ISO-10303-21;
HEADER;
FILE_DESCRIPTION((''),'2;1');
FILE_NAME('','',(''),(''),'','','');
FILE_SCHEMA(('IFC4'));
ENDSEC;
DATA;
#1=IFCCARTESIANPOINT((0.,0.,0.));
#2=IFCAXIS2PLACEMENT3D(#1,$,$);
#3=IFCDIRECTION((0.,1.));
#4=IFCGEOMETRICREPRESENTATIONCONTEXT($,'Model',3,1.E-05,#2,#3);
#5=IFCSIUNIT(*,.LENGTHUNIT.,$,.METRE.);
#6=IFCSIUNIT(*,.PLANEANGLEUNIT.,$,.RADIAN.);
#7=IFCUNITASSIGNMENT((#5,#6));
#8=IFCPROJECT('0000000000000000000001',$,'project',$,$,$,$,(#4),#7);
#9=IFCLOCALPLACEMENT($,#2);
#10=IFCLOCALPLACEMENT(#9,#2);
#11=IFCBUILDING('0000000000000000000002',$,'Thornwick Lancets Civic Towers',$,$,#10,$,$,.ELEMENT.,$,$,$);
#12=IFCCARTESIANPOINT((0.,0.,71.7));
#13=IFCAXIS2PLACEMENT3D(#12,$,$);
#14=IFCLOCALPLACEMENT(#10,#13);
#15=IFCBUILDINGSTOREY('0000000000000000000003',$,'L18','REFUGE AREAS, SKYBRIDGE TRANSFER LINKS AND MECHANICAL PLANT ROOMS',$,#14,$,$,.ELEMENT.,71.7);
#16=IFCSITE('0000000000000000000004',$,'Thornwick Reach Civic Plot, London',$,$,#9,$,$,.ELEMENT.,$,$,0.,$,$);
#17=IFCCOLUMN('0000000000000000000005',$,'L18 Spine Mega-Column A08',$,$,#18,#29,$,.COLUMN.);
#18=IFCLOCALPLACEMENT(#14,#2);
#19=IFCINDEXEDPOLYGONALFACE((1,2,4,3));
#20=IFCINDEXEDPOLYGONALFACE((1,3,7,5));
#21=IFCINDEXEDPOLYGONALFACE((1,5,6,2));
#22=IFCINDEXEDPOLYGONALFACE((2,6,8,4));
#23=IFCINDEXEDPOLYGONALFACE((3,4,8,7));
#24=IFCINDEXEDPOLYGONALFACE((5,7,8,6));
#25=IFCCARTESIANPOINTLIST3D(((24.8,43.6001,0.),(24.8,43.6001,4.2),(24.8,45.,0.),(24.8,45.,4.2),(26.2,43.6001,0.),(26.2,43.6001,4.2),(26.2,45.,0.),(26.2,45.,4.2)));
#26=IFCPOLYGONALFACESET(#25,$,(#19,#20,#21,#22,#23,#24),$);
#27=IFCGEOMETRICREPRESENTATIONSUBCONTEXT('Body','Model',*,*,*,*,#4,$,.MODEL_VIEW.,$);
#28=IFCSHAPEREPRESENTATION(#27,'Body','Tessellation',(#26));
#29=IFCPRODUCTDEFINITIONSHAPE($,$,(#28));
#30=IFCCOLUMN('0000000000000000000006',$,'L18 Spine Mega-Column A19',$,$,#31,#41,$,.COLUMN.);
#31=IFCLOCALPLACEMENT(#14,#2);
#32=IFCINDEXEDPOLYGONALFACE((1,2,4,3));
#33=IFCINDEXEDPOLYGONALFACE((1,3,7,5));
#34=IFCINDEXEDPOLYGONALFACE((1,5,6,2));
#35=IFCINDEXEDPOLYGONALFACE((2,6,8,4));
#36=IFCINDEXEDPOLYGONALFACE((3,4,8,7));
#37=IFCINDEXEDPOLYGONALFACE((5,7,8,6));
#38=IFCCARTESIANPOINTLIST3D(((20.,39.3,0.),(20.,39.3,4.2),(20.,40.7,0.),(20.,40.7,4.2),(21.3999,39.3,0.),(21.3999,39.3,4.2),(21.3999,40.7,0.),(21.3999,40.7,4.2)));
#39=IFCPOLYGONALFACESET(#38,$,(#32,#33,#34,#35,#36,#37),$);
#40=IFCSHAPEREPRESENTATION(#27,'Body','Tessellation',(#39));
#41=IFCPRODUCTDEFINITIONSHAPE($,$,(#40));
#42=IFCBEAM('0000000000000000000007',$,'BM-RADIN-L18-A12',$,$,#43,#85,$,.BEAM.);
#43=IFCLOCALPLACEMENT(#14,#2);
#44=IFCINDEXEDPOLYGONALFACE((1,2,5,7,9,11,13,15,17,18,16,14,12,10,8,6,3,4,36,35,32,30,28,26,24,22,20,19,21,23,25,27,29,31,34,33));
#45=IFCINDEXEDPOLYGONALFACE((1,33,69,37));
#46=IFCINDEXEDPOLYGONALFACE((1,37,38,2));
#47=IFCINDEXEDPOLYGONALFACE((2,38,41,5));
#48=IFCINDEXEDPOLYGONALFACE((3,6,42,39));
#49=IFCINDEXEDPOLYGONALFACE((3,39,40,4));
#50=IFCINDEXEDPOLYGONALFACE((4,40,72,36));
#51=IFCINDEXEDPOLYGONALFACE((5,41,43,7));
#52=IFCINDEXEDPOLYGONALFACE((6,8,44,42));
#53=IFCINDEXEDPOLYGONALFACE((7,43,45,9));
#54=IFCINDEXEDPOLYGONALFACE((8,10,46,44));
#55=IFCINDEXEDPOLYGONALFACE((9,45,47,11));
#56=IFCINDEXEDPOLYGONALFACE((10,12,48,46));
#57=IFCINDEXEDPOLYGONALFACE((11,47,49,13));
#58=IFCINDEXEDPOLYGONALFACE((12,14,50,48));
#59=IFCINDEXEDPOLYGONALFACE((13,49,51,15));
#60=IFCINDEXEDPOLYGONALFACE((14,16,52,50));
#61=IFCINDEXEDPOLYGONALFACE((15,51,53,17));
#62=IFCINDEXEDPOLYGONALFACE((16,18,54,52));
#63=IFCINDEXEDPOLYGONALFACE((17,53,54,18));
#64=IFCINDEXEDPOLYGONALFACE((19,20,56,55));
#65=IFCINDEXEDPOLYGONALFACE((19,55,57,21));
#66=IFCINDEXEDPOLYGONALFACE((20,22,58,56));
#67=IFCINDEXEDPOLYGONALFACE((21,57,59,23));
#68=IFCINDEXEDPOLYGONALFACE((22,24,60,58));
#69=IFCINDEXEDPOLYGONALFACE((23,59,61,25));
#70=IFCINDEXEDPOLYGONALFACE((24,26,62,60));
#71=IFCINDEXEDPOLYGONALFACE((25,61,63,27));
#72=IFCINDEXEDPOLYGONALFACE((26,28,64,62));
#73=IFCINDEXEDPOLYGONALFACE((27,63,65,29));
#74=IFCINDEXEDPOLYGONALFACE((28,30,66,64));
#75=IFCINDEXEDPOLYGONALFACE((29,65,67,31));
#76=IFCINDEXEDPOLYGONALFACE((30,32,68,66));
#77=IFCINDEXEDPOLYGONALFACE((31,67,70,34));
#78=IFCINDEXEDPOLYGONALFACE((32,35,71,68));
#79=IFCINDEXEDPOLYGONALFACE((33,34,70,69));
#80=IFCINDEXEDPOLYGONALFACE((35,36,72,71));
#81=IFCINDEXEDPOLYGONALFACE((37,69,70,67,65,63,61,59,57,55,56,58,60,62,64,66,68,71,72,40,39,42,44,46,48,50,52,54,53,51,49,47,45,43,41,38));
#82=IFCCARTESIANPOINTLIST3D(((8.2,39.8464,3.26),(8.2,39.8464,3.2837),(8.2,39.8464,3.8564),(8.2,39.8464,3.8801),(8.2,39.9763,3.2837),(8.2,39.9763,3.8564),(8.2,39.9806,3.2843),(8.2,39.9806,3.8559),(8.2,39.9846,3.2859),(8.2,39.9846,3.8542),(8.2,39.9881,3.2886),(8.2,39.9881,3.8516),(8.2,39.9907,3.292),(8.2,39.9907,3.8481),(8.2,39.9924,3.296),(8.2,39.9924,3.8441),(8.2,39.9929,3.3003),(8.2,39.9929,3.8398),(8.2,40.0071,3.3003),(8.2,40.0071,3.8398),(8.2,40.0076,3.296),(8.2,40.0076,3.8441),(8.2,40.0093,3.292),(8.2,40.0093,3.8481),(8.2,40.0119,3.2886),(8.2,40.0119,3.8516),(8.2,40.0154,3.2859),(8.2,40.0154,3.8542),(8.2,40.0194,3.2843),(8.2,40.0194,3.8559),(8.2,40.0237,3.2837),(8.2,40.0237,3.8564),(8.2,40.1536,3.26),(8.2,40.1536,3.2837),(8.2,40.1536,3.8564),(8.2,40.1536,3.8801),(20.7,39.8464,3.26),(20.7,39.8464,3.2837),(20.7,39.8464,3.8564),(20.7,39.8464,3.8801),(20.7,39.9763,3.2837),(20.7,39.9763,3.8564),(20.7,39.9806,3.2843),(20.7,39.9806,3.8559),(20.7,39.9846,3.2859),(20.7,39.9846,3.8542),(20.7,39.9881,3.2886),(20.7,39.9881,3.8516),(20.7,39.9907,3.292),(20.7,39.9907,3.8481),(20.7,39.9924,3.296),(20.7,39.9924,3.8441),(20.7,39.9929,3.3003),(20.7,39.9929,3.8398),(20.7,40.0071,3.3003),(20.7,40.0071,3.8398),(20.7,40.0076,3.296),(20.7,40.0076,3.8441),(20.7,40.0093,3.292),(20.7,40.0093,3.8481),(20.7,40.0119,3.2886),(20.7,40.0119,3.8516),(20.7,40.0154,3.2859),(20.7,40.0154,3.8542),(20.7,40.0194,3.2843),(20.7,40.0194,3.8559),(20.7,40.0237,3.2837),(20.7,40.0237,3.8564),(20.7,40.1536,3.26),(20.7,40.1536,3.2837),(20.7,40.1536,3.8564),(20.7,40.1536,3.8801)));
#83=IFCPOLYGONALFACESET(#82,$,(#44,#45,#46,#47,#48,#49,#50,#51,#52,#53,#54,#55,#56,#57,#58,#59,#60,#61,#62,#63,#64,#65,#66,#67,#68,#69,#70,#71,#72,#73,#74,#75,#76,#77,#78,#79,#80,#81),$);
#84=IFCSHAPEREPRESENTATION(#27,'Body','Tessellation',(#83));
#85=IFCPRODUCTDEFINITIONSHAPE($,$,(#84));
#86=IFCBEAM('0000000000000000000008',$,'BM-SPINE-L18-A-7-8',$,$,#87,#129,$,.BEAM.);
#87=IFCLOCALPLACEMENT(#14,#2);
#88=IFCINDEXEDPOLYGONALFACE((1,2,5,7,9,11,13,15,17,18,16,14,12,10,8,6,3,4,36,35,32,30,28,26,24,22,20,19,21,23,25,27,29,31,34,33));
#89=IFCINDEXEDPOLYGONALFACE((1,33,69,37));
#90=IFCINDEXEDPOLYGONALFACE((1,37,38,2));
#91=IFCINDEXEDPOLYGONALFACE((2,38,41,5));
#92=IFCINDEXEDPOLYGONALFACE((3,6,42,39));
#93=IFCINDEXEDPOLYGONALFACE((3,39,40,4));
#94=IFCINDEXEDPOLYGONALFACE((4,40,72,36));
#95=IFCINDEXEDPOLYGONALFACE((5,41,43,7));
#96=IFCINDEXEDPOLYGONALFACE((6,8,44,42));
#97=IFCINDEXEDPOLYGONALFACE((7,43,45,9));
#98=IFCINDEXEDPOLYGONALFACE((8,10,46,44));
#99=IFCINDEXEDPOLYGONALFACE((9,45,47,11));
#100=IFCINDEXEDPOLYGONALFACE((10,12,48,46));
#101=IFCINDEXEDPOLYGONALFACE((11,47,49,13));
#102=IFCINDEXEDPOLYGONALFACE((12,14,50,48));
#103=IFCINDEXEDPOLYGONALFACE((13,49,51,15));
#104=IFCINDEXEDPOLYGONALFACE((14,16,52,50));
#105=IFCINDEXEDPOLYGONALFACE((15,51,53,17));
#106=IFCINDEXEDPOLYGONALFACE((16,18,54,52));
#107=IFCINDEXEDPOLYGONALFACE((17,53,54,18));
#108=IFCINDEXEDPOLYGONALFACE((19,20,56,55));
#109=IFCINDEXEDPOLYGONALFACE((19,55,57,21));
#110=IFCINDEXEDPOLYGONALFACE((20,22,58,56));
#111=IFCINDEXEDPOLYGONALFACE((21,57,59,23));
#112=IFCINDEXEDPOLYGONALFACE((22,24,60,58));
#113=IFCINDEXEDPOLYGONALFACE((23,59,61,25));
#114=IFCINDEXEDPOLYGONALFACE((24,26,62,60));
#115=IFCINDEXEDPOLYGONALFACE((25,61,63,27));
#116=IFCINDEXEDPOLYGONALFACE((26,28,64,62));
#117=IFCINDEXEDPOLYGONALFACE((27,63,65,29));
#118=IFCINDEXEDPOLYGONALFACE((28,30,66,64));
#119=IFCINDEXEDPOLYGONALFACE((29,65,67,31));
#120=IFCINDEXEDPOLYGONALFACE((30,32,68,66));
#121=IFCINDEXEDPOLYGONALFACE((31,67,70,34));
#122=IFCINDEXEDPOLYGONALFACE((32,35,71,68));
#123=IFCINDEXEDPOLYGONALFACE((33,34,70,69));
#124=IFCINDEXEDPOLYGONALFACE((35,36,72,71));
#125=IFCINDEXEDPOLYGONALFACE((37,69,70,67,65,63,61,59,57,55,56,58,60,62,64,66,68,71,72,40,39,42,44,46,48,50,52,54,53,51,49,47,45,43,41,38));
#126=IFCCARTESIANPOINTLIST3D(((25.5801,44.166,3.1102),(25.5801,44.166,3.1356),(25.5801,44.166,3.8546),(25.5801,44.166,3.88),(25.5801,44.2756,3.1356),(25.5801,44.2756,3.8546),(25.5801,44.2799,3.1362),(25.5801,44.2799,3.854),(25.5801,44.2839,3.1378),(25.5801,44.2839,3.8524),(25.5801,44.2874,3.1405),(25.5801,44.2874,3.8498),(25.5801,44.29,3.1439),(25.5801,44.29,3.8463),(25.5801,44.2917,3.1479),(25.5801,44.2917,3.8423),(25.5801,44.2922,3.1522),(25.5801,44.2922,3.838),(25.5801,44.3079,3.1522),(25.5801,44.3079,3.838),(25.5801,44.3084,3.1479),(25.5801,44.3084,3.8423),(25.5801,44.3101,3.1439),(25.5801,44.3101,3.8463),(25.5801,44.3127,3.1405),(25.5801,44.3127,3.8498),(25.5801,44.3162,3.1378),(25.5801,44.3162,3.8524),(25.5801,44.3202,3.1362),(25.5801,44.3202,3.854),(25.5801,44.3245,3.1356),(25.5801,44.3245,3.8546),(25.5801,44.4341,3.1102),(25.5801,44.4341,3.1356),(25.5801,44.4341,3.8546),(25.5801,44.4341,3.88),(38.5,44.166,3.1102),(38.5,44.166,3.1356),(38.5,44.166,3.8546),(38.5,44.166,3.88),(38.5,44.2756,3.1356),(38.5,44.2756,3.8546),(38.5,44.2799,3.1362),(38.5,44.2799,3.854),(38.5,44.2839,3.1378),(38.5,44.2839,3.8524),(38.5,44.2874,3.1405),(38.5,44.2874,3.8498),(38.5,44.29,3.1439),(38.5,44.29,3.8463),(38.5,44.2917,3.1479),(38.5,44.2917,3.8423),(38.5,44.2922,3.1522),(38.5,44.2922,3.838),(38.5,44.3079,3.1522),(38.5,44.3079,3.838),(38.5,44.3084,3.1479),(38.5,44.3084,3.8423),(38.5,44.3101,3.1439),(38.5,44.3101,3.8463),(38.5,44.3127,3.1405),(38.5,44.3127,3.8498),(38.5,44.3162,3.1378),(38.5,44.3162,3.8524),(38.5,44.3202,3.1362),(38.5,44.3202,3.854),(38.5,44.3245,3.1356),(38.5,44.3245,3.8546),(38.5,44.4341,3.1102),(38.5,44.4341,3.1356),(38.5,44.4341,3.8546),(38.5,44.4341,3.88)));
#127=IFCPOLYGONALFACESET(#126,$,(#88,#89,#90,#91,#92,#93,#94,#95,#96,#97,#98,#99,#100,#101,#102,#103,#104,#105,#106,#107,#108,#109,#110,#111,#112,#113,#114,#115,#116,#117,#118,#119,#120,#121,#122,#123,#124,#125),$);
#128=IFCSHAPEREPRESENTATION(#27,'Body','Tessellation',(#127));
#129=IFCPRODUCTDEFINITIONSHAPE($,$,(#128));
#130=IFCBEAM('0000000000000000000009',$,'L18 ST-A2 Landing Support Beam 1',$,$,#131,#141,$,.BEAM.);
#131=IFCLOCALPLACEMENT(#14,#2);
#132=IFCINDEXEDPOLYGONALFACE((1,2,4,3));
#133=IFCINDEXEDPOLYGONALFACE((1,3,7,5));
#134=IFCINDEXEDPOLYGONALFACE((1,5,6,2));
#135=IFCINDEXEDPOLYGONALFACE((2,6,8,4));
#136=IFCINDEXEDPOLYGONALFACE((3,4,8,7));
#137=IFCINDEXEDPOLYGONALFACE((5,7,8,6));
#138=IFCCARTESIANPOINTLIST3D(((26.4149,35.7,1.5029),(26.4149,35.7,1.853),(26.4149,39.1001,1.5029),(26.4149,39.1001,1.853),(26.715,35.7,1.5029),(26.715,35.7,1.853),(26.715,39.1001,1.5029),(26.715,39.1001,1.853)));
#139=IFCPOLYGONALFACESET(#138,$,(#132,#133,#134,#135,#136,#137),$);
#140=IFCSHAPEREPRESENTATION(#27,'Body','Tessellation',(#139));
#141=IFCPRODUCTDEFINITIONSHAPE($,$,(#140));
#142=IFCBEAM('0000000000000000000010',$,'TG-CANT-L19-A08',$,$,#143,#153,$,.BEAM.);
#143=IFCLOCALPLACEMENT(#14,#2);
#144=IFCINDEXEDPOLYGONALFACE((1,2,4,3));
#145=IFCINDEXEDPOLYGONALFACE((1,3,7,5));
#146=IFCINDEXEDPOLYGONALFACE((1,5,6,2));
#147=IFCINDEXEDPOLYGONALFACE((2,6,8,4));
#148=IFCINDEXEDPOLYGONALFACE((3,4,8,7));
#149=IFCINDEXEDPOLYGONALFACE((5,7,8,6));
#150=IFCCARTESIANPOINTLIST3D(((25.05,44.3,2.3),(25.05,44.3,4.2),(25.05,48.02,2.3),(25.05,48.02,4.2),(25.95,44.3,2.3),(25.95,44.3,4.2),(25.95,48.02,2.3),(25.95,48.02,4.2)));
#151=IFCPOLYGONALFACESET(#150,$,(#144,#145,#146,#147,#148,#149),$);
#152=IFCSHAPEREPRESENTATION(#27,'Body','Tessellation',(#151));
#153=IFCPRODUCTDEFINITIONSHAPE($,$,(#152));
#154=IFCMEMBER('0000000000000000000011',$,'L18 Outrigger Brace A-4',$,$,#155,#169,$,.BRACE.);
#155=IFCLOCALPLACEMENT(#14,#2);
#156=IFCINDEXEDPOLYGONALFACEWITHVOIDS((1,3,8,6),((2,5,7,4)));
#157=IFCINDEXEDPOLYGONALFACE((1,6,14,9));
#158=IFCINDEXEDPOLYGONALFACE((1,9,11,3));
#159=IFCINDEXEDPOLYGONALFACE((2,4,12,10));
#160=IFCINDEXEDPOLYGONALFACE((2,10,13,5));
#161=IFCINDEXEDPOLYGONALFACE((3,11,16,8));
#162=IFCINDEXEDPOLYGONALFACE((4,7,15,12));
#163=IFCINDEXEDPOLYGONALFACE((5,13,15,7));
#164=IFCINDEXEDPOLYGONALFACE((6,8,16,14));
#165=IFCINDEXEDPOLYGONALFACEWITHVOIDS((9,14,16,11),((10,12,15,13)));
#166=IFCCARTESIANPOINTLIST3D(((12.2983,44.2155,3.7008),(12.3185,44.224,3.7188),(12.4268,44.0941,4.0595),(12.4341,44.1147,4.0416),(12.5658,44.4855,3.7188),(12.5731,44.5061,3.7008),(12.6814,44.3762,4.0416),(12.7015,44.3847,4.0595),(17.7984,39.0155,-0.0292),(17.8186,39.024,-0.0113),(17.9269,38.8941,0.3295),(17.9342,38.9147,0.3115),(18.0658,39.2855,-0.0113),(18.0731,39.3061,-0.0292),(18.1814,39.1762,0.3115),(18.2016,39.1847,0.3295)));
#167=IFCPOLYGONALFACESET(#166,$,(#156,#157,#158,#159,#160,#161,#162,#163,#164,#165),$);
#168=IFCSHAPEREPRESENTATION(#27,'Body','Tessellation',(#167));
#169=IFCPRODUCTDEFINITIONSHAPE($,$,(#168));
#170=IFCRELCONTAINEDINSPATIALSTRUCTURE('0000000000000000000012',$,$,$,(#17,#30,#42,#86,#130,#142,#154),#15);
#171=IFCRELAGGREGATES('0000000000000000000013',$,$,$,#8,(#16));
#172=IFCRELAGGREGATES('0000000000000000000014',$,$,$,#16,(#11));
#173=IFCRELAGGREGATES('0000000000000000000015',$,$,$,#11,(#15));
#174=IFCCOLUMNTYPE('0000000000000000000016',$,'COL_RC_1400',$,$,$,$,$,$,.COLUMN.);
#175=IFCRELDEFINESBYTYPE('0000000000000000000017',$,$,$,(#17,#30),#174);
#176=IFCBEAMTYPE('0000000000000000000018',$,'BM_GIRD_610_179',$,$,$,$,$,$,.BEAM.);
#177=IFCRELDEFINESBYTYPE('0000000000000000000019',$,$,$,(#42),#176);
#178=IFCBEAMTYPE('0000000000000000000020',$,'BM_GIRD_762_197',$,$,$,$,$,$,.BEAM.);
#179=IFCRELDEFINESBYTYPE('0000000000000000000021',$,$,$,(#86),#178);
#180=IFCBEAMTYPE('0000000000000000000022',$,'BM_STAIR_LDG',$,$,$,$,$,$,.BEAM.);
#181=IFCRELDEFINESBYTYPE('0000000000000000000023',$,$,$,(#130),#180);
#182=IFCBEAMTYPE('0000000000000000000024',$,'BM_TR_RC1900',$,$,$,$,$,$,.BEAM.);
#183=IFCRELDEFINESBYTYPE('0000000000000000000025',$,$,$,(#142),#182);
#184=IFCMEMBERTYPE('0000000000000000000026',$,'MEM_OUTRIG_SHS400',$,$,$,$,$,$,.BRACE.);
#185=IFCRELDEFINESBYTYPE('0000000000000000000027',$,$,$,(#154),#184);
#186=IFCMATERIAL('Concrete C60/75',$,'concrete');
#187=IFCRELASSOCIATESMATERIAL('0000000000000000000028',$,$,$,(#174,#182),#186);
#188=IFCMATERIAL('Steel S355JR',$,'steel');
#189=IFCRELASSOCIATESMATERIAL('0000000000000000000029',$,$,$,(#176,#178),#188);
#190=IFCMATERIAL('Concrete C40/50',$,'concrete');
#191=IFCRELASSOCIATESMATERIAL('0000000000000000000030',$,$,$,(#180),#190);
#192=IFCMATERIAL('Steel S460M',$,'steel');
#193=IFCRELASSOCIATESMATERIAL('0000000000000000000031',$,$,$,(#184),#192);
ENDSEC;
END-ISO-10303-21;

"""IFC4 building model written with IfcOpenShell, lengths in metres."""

from ifc_helpers import new_model, si_unit, direction, frame, origin, origin_2d, place, context, subcontext, project, spatial, rectangle, hollow_rectangle, i_section, extrude, material, material_profile, profile_set, type_object, element, save


model = new_model("IFC4")

# Units and contexts
model_context = context("Model", 3, precision=1e-05, world=origin(), true_north=direction((0.0, 1.0)))
body_context = subcontext(model_context, "Body", "Model", "MODEL_VIEW")
ifc_project = project(units=[si_unit("LENGTHUNIT", "METRE"), si_unit("PLANEANGLEUNIT", "RADIAN")], contexts=[model_context])

# Site, building, storey
site_placement = place(None, origin())
site = spatial("IfcSite", under=ifc_project, at=site_placement, Name="Thornwick Reach Civic Plot, London", CompositionType="ELEMENT", RefElevation=0.0)
building_placement = place(site_placement, origin())
building = spatial("IfcBuilding", under=site, at=building_placement, Name="Thornwick Lancets Civic Towers", CompositionType="ELEMENT")
storey_placement = place(building_placement, frame((0.0, 0.0, 71.7)))
storey = spatial("IfcBuildingStorey", under=building, at=storey_placement, Name="L18", Description="REFUGE AREAS, SKYBRIDGE TRANSFER LINKS AND MECHANICAL PLANT ROOMS", CompositionType="ELEMENT", Elevation=71.7)

# Columns
ifc_material_1 = material(Name="Concrete C60/75", Category="concrete")
ifc_material_profile_1 = material_profile(ifc_material_1, rectangle(XDim=1.3999, YDim=1.3999, at=origin_2d()), Name="RC 1400x1400")
ifc_profile_set_1 = profile_set([ifc_material_profile_1], Name="Concrete C60/75")
column_type = type_object("IfcColumnType", Name="COL_RC_1400", PredefinedType="COLUMN", material=ifc_profile_set_1)
for number, where, z_axis, x_axis, name in (
    (1, (25.5, 44.3, 0.0), (0.0, 0.0, 1.0), (1.0, 0.0, 0.0), "L18 Spine Mega-Column A08"),
    (2, (20.7, 40.0, 0.0), (0.0, 0.0, 1.0), (1.0, 0.0, 0.0), "L18 Spine Mega-Column A19"),
):
    element("IfcColumn", number, at=place(storey_placement, frame(where, z_axis=z_axis, x_axis=x_axis)), inside=storey, type_object=column_type, Name=name, PredefinedType="COLUMN", context=body_context, shape_type="SweptSolid", body=[
        extrude(rectangle(XDim=1.3999, YDim=1.3999, at=origin_2d()), origin(), (0.0, 0.0, 1.0), 4.2),
    ])

# Beams
ifc_material_2 = material(Name="Steel S355JR", Category="steel")
ifc_material_profile_2 = material_profile(ifc_material_2, i_section(OverallWidth=0.3071, OverallDepth=0.6201, WebThickness=0.0142, FlangeThickness=0.0237, FilletRadius=0.0166, at=origin_2d()), Name="UKB 610x305x179")
ifc_profile_set_2 = profile_set([ifc_material_profile_2], Name="Steel S355JR")
beam_type_1 = type_object("IfcBeamType", Name="BM_GIRD_610_179", PredefinedType="BEAM", material=ifc_profile_set_2)
beam_1_placement = place(storey_placement, frame((20.7, 40.0, 3.5701), z_axis=(-1.0, 0.0, 0.0), x_axis=(0.0, -1.0, 0.0)))
element("IfcBeam", 3, at=beam_1_placement, inside=storey, type_object=beam_type_1, Name="BM-RADIN-L18-A12", PredefinedType="BEAM", context=body_context, shape_type="SweptSolid", body=[
    extrude(i_section(OverallWidth=0.3071, OverallDepth=0.6201, WebThickness=0.0142, FlangeThickness=0.0237, FilletRadius=0.0166, at=origin_2d()), origin(), (0.0, 0.0, 1.0), 12.5),
])
ifc_material_profile_3 = material_profile(ifc_material_2, i_section(OverallWidth=0.2681, OverallDepth=0.7698, WebThickness=0.0156, FlangeThickness=0.0254, FilletRadius=0.0166, at=origin_2d()), Name="UKB 762x267x197")
ifc_profile_set_3 = profile_set([ifc_material_profile_3], Name="Steel S355JR")
beam_type_2 = type_object("IfcBeamType", Name="BM_GIRD_762_197", PredefinedType="BEAM", material=ifc_profile_set_3)
beam_2_placement = place(storey_placement, frame((25.5801, 44.3, 3.4951), z_axis=(1.0, 0.0, 0.0), x_axis=(0.0, 1.0, 0.0)))
element("IfcBeam", 4, at=beam_2_placement, inside=storey, type_object=beam_type_2, Name="BM-SPINE-L18-A-7-8", PredefinedType="BEAM", context=body_context, shape_type="SweptSolid", body=[
    extrude(i_section(OverallWidth=0.2681, OverallDepth=0.7698, WebThickness=0.0156, FlangeThickness=0.0254, FilletRadius=0.0166, at=origin_2d()), origin(), (0.0, 0.0, 1.0), 12.9199),
])
ifc_material_3 = material(Name="Concrete C40/50", Category="concrete")
ifc_material_profile_4 = material_profile(ifc_material_3, rectangle(XDim=0.3, YDim=0.3501, at=origin_2d()), Name="RC 300x350")
ifc_profile_set_4 = profile_set([ifc_material_profile_4], Name="Concrete C40/50")
beam_type_3 = type_object("IfcBeamType", Name="BM_STAIR_LDG", PredefinedType="BEAM", material=ifc_profile_set_4)
beam_3_placement = place(storey_placement, frame((26.5649, 39.1001, 1.678), z_axis=(0.0, -1.0, 0.0), x_axis=(1.0, 0.0, 0.0)))
element("IfcBeam", 5, at=beam_3_placement, inside=storey, type_object=beam_type_3, Name="L18 ST-A2 Landing Support Beam 1", PredefinedType="BEAM", context=body_context, shape_type="SweptSolid", body=[
    extrude(rectangle(XDim=0.3, YDim=0.3501, at=origin_2d()), origin(), (0.0, 0.0, 1.0), 3.4001),
])
ifc_material_profile_5 = material_profile(ifc_material_1, rectangle(XDim=0.8999, YDim=1.8999, at=origin_2d()), Name="RC 900x1900")
ifc_profile_set_5 = profile_set([ifc_material_profile_5], Name="Concrete C60/75")
beam_type_4 = type_object("IfcBeamType", Name="BM_TR_RC1900", PredefinedType="BEAM", material=ifc_profile_set_5)
beam_4_placement = place(storey_placement, frame((25.5, 44.3, 3.25), z_axis=(0.0, 1.0, 0.0), x_axis=(-1.0, 0.0, 0.0)))
element("IfcBeam", 6, at=beam_4_placement, inside=storey, type_object=beam_type_4, Name="TG-CANT-L19-A08", PredefinedType="BEAM", context=body_context, shape_type="SweptSolid", body=[
    extrude(rectangle(XDim=0.8999, YDim=1.8999, at=origin_2d()), origin(), (0.0, 0.0, 1.0), 3.72),
])

# Member
ifc_material_4 = material(Name="Steel S460M", Category="steel")
ifc_material_profile_6 = material_profile(ifc_material_4, hollow_rectangle(XDim=0.3999, YDim=0.3999, WallThickness=0.02, at=origin_2d()), Name="SHS 400x400x20")
ifc_profile_set_6 = profile_set([ifc_material_profile_6], Name="Steel S460M")
member_type_1 = type_object("IfcMemberType", Name="MEM_OUTRIG_SHS400", PredefinedType="BRACE", material=ifc_profile_set_6)
member_1_placement = place(storey_placement, frame((18.0, 39.1001, 0.1501), z_axis=(-0.651802, 0.616244, 0.442038), x_axis=(-0.687008, -0.72665, 0.0)))
element("IfcMember", 7, at=member_1_placement, inside=storey, type_object=member_type_1, Name="L18 Outrigger Brace A-4", PredefinedType="BRACE", context=body_context, shape_type="SweptSolid", body=[
    extrude(hollow_rectangle(XDim=0.3999, YDim=0.3999, WallThickness=0.02, at=origin_2d()), origin(), (0.0, 0.0, 1.0), 8.4382),
])

save(model, "model.ifc")
